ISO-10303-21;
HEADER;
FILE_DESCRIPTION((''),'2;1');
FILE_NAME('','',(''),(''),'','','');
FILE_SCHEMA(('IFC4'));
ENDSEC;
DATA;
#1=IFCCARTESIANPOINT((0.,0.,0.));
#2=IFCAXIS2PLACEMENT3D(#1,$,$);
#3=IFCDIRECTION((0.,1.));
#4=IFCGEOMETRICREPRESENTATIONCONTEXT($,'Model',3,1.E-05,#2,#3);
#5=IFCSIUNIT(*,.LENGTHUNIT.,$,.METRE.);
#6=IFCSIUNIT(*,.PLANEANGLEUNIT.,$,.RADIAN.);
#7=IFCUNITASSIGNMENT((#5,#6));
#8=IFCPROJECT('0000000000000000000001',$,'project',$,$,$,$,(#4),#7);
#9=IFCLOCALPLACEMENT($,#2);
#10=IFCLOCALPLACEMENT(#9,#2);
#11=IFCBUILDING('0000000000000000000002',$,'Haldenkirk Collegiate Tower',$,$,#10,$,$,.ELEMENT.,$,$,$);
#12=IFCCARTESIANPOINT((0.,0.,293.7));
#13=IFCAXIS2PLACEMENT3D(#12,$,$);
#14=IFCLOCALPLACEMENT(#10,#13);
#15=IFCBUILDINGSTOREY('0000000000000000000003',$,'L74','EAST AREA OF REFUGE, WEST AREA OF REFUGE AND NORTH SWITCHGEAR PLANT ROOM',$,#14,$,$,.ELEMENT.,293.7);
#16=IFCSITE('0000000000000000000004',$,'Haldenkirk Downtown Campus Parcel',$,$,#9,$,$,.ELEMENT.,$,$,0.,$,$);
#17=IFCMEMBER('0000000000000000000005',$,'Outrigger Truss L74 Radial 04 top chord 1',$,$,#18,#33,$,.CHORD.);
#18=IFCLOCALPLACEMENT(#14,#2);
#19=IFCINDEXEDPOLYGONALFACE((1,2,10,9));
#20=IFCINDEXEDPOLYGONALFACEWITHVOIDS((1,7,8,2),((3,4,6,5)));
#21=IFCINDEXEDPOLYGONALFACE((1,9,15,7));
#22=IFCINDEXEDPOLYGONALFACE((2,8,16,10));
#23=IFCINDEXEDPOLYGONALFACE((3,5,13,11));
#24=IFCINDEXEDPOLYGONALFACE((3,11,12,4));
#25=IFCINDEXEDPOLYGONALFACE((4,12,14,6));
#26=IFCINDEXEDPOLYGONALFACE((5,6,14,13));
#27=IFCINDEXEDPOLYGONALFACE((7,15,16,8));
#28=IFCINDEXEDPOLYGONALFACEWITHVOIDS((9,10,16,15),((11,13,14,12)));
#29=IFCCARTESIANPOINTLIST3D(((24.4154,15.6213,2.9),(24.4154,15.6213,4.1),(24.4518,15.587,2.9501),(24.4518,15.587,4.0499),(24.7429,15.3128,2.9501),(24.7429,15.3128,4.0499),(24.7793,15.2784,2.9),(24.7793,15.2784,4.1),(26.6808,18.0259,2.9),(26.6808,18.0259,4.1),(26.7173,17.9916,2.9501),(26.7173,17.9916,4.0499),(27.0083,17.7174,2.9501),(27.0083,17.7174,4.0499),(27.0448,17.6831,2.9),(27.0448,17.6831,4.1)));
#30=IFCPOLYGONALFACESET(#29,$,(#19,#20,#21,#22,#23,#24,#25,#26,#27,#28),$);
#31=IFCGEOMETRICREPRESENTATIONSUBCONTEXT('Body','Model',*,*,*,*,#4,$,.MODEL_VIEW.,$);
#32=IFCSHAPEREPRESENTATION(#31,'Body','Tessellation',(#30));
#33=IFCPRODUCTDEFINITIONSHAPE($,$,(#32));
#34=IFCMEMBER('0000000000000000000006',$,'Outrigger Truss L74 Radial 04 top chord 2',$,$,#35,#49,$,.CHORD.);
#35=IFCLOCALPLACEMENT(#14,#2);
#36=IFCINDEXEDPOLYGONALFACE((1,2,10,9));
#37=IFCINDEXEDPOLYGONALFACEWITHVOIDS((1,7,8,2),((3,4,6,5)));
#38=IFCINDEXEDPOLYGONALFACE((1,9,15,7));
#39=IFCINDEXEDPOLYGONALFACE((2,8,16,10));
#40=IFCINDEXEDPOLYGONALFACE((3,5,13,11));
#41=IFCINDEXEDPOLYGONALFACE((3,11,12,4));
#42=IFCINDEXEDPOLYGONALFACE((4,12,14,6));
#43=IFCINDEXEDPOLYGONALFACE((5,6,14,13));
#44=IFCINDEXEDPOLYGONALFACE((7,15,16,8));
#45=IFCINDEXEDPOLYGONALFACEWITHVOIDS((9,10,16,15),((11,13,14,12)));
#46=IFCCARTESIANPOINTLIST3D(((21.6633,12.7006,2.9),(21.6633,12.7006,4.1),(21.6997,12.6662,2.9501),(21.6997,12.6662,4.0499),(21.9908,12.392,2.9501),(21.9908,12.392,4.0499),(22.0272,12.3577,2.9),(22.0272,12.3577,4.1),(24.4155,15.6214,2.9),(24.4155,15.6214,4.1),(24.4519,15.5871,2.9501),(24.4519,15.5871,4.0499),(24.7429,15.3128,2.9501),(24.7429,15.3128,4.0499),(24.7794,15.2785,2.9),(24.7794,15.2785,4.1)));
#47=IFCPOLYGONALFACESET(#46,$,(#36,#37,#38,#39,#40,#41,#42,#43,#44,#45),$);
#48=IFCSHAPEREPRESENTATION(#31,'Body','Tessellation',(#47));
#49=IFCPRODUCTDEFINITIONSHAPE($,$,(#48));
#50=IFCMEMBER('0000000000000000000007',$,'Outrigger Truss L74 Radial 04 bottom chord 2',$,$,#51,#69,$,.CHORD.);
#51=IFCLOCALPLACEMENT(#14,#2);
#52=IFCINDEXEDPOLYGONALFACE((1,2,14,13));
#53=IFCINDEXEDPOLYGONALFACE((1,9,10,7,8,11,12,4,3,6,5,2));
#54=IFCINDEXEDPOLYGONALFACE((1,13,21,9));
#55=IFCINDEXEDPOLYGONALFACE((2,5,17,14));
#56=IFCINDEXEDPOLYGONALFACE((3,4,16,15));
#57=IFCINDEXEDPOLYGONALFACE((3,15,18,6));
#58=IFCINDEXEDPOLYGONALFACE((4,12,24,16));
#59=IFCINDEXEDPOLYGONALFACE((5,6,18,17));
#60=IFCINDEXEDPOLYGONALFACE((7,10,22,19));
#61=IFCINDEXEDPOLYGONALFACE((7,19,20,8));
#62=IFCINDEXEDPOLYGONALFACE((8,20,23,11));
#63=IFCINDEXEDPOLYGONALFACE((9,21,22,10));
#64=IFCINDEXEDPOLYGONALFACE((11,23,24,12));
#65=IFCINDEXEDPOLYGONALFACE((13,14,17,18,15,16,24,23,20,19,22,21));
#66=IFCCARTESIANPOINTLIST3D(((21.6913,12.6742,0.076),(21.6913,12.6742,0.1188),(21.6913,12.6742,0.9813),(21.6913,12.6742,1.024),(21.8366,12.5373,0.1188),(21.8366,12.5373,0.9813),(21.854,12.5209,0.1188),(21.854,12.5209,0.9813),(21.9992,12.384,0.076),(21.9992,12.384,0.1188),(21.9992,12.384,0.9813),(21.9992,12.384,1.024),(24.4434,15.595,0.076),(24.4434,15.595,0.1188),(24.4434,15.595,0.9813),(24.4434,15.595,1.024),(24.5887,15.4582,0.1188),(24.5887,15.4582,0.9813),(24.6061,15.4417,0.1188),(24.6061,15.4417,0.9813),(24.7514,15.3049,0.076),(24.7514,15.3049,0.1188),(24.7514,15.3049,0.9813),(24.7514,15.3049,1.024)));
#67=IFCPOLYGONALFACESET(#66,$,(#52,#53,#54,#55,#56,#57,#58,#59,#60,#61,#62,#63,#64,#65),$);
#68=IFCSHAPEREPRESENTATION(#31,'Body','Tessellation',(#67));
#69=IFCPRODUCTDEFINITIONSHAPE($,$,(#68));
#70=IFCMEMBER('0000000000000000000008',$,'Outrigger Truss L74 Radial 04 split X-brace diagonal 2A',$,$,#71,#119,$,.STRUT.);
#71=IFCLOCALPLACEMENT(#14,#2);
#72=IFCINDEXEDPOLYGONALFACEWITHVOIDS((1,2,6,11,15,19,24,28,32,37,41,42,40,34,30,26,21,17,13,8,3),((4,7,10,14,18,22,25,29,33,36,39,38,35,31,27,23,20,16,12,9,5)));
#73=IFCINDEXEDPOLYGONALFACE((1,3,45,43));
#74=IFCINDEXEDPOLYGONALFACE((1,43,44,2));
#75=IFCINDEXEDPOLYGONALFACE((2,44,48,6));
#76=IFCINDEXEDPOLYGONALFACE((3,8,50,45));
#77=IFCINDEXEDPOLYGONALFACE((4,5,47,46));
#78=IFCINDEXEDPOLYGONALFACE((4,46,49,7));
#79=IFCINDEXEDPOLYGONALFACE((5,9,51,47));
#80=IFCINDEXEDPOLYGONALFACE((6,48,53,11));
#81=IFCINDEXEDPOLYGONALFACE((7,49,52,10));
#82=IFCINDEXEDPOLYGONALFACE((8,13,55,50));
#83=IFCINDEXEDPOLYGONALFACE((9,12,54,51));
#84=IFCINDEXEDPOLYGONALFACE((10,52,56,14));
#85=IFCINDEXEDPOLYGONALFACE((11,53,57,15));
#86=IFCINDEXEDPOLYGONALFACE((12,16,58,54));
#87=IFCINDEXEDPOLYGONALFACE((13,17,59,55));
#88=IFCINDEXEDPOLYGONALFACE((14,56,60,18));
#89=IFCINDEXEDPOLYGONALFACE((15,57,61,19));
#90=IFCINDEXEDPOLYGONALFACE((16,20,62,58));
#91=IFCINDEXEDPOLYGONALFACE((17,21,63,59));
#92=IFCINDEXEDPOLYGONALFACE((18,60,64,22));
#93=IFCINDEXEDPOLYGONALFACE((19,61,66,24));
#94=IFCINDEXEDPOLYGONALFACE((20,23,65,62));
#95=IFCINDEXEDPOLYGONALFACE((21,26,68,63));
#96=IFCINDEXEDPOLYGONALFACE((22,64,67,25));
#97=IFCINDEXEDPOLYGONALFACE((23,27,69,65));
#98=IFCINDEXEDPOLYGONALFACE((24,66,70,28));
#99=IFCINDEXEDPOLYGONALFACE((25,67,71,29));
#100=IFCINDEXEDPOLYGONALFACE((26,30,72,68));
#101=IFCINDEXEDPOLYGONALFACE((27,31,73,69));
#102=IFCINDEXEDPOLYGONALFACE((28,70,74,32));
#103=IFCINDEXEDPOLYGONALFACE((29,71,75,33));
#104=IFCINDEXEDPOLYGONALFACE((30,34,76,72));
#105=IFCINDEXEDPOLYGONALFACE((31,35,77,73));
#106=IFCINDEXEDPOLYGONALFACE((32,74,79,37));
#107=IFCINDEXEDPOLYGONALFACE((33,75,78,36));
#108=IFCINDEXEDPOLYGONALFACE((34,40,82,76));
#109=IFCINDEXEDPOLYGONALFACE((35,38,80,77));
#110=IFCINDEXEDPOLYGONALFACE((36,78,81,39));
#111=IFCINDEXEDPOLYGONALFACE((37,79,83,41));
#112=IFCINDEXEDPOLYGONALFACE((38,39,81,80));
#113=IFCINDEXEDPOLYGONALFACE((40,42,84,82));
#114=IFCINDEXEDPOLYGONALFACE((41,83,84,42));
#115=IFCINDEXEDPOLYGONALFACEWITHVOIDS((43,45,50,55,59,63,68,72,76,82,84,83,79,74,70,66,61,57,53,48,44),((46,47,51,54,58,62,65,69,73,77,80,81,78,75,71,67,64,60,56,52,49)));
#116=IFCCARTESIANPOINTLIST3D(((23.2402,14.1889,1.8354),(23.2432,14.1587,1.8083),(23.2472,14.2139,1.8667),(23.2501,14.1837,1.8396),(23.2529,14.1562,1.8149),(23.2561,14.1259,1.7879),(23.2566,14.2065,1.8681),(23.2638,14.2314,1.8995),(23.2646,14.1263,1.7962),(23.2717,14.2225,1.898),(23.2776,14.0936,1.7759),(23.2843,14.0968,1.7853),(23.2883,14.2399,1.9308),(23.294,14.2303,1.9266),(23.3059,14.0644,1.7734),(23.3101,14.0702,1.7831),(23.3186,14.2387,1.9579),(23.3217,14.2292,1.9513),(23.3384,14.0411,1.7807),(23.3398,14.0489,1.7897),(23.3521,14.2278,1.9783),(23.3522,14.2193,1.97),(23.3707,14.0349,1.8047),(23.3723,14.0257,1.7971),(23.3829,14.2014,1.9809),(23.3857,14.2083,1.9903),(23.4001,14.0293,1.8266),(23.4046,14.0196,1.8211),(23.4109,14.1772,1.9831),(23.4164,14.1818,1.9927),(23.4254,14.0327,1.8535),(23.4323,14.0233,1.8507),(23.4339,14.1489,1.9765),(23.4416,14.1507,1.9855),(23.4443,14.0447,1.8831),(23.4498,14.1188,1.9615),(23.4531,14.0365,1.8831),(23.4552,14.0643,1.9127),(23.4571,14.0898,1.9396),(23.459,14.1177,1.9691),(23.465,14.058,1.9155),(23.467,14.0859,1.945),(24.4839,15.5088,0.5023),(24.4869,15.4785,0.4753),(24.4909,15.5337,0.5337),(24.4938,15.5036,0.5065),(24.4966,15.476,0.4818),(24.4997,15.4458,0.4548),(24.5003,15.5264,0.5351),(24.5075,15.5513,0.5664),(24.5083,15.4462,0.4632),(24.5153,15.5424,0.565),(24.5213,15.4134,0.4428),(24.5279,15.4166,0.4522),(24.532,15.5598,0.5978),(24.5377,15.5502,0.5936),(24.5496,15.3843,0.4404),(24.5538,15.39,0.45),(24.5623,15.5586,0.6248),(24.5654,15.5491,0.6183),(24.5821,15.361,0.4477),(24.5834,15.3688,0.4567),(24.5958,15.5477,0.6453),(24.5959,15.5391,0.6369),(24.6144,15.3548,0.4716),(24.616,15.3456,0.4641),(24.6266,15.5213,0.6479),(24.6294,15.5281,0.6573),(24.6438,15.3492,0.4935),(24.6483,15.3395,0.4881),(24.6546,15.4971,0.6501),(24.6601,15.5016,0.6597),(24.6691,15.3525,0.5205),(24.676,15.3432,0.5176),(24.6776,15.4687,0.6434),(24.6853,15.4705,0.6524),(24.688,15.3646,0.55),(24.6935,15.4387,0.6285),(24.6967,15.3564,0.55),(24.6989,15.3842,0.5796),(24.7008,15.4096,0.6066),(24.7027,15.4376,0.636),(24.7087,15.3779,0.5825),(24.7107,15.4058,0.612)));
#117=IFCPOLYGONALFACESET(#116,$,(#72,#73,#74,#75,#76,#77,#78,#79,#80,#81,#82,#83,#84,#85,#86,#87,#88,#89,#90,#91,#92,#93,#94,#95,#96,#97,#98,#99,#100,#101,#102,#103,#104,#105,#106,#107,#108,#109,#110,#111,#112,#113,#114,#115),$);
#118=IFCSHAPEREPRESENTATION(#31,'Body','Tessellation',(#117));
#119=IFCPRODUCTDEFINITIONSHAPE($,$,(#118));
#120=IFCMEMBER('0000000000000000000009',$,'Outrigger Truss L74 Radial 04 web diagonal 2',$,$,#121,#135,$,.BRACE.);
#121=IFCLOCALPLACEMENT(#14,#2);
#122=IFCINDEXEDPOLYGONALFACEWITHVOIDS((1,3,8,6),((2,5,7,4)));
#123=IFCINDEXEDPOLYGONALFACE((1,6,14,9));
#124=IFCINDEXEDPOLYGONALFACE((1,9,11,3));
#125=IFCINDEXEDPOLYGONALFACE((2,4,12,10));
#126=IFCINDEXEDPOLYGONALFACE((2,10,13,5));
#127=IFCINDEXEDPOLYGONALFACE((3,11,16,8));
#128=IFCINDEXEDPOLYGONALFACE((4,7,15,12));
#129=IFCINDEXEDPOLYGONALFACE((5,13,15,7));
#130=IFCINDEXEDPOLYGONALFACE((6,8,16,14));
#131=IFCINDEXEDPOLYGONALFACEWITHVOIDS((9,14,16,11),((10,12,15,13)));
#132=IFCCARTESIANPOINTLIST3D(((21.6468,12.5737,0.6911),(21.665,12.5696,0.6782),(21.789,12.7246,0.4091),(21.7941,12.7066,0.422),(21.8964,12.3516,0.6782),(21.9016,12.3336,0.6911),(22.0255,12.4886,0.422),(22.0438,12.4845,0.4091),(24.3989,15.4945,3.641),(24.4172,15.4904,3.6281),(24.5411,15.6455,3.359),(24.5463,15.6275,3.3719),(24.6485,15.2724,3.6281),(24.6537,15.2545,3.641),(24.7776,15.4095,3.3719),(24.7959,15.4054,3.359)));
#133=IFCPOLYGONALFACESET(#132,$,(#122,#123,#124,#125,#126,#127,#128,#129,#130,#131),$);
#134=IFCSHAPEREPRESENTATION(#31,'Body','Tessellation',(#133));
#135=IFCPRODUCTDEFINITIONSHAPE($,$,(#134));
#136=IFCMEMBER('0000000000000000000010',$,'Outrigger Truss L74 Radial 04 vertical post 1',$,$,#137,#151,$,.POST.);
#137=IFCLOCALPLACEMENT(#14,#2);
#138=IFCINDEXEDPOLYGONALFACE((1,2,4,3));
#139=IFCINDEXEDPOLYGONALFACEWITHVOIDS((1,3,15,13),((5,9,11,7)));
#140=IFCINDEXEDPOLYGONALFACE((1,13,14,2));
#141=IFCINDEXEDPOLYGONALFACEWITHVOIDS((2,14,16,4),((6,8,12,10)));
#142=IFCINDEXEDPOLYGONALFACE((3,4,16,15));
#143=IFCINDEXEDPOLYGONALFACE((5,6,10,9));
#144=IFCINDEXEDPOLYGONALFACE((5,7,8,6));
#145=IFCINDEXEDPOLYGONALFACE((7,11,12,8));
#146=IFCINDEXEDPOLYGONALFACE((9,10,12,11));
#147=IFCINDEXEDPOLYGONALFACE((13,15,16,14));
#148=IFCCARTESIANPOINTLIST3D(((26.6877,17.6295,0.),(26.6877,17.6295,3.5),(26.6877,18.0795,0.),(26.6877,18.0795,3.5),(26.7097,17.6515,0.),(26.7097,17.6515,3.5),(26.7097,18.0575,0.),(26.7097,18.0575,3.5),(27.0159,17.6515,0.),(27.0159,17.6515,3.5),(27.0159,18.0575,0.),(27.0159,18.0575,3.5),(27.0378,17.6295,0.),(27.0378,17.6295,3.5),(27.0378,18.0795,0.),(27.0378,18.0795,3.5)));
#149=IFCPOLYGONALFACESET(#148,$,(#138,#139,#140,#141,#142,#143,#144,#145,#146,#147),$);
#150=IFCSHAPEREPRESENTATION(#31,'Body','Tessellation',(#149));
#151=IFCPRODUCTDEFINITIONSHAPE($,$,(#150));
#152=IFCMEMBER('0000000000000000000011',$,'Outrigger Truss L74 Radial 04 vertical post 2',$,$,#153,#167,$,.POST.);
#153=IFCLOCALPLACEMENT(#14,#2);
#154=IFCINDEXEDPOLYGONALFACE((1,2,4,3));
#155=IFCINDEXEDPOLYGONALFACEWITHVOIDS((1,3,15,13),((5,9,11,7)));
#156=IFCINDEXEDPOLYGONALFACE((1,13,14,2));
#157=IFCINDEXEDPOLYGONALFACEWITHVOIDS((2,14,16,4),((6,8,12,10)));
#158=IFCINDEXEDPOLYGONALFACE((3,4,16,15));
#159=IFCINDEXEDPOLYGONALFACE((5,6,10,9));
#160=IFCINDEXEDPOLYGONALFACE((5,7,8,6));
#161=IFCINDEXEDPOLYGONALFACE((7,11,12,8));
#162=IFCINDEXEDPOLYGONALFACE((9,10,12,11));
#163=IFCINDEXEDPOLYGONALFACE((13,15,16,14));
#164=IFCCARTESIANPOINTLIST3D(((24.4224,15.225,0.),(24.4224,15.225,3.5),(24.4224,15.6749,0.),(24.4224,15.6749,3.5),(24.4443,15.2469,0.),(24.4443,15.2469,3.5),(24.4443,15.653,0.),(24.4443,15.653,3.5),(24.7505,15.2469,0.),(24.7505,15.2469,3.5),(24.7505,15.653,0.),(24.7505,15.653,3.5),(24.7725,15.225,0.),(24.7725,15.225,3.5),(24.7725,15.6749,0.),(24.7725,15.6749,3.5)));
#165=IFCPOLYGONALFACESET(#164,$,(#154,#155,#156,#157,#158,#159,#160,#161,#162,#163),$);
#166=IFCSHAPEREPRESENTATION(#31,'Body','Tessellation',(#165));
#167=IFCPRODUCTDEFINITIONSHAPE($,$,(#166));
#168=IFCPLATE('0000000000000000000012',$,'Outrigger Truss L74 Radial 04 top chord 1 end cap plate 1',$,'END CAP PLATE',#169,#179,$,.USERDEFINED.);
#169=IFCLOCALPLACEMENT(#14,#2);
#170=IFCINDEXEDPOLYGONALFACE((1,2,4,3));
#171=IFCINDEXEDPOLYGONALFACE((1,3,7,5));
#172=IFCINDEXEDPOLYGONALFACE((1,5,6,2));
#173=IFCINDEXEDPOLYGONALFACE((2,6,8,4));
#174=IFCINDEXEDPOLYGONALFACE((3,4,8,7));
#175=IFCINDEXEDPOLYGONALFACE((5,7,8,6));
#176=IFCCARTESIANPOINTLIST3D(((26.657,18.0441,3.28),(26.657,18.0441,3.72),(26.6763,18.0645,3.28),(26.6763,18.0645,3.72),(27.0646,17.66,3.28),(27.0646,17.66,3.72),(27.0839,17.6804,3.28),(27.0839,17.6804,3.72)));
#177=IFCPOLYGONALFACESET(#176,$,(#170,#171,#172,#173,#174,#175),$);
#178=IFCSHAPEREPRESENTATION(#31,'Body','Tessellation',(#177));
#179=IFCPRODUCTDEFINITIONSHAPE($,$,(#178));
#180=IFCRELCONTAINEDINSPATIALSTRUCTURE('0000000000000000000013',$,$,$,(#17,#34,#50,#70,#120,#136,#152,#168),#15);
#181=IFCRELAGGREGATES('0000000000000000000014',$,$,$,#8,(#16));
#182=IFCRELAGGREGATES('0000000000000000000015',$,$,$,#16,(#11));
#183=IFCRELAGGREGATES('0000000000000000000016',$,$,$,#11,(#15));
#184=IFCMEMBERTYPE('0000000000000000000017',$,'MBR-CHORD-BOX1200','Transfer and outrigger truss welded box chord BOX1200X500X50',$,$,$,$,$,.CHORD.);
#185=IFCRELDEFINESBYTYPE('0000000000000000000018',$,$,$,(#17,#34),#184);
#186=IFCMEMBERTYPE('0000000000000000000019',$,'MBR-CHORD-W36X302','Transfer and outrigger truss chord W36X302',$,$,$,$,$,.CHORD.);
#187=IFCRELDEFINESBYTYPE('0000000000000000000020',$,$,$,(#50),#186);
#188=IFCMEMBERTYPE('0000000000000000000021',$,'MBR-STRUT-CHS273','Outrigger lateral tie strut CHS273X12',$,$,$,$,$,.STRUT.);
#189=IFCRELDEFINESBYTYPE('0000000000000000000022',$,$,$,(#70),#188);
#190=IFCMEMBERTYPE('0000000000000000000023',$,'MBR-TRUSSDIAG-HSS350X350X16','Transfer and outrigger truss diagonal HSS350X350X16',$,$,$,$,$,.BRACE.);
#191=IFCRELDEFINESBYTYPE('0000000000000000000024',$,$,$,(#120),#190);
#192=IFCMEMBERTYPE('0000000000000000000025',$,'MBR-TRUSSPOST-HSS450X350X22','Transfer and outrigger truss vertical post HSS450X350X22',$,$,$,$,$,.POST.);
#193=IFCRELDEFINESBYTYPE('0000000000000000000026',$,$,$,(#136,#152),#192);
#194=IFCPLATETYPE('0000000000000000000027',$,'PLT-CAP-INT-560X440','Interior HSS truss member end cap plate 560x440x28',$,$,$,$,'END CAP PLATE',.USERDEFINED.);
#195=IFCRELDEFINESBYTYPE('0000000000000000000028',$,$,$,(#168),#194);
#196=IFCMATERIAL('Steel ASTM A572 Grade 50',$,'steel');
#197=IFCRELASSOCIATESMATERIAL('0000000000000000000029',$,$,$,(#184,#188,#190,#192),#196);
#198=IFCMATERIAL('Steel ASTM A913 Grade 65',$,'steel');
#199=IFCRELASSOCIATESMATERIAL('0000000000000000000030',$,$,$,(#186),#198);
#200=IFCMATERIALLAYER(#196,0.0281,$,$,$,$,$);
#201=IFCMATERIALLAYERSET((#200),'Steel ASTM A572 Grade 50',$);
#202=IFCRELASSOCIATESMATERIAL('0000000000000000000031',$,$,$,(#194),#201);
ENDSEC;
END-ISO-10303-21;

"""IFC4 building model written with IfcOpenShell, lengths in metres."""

from ifc_helpers import new_model, si_unit, direction, frame, origin, origin_2d, place, context, subcontext, project, spatial, rectangle, hollow_rectangle, hollow_circle, i_section, extrude, source, transform, mapped, material, layer, layer_set, material_profile, profile_set, type_object, element, save


model = new_model("IFC4")

# Units and contexts
model_context = context("Model", 3, precision=1e-05, world=origin(), true_north=direction((0.0, 1.0)))
body_context = subcontext(model_context, "Body", "Model", "MODEL_VIEW")
ifc_project = project(units=[si_unit("LENGTHUNIT", "METRE"), si_unit("PLANEANGLEUNIT", "RADIAN")], contexts=[model_context])

# Site, building, storey
site_placement = place(None, origin())
site = spatial("IfcSite", under=ifc_project, at=site_placement, Name="Haldenkirk Downtown Campus Parcel", CompositionType="ELEMENT", RefElevation=0.0)
building_placement = place(site_placement, origin())
building = spatial("IfcBuilding", under=site, at=building_placement, Name="Haldenkirk Collegiate Tower", CompositionType="ELEMENT")
storey_placement = place(building_placement, frame((0.0, 0.0, 293.7)))
storey = spatial("IfcBuildingStorey", under=building, at=storey_placement, Name="L74", Description="EAST AREA OF REFUGE, WEST AREA OF REFUGE AND NORTH SWITCHGEAR PLANT ROOM", CompositionType="ELEMENT", Elevation=293.7)

# Members
ifc_material_1 = material(Name="Steel ASTM A572 Grade 50", Category="steel")
ifc_material_profile_1 = material_profile(ifc_material_1, hollow_rectangle(XDim=0.5, YDim=1.2, WallThickness=0.05, at=origin_2d()), Name="BOX1200X500X50")
ifc_profile_set_1 = profile_set([ifc_material_profile_1], Name="Steel ASTM A572 Grade 50")
member_type_1 = type_object("IfcMemberType", Name="MBR-CHORD-BOX1200", Description="Transfer and outrigger truss welded box chord BOX1200X500X50", PredefinedType="CHORD", material=ifc_profile_set_1)
member_1_placement = place(storey_placement, frame((26.8628, 17.8545, 3.5), z_axis=(-0.685731, -0.727855, 0.0), x_axis=(0.727855, -0.685731, 0.0)))
element("IfcMember", 1, at=member_1_placement, inside=storey, type_object=member_type_1, Name="Outrigger Truss L74 Radial 04 top chord 1", PredefinedType="CHORD", context=body_context, shape_type="SweptSolid", body=[
    extrude(hollow_rectangle(XDim=0.5, YDim=1.2, WallThickness=0.05, at=origin_2d()), origin(), (0.0, 0.0, 1.0), 3.3037),
])
member_2_placement = place(storey_placement, frame((24.5974, 15.45, 3.5), z_axis=(-0.685776, -0.727812, 0.0), x_axis=(0.727812, -0.685776, 0.0)))
element("IfcMember", 2, at=member_2_placement, inside=storey, type_object=member_type_1, Name="Outrigger Truss L74 Radial 04 top chord 2", PredefinedType="CHORD", context=body_context, shape_type="SweptSolid", body=[
    extrude(hollow_rectangle(XDim=0.5, YDim=1.2, WallThickness=0.05, at=origin_2d()), origin(), (0.0, 0.0, 1.0), 4.0132),
])
ifc_material_2 = material(Name="Steel ASTM A913 Grade 65", Category="steel")
ifc_material_profile_2 = material_profile(ifc_material_2, i_section(OverallWidth=0.4231, OverallDepth=0.948, WebThickness=0.0239, FlangeThickness=0.0427, at=origin_2d()), Name="W36X302")
ifc_profile_set_2 = profile_set([ifc_material_profile_2], Name="Steel ASTM A913 Grade 65")
member_type_2 = type_object("IfcMemberType", Name="MBR-CHORD-W36X302", Description="Transfer and outrigger truss chord W36X302", PredefinedType="CHORD", material=ifc_profile_set_2)
member_3_placement = place(storey_placement, frame((24.5974, 15.45, 0.55), z_axis=(-0.685776, -0.727812, 0.0), x_axis=(0.727812, -0.685776, 0.0)))
element("IfcMember", 3, at=member_3_placement, inside=storey, type_object=member_type_2, Name="Outrigger Truss L74 Radial 04 bottom chord 2", PredefinedType="CHORD", context=body_context, shape_type="SweptSolid", body=[
    extrude(i_section(OverallWidth=0.4231, OverallDepth=0.948, WebThickness=0.0239, FlangeThickness=0.0427, at=origin_2d()), origin(), (0.0, 0.0, 1.0), 4.0132),
])
ifc_material_profile_3 = material_profile(ifc_material_1, hollow_circle(Radius=0.1365, WallThickness=0.012, at=origin_2d()), Name="CHS273X12")
ifc_profile_set_3 = profile_set([ifc_material_profile_3], Name="Steel ASTM A572 Grade 50")
member_type_3 = type_object("IfcMemberType", Name="MBR-STRUT-CHS273", Description="Outrigger lateral tie strut CHS273X12", PredefinedType="STRUT", material=ifc_profile_set_3)
member_4_placement = place(storey_placement, frame((24.5974, 15.45, 0.55), z_axis=(-0.55257, -0.586414, 0.592271), x_axis=(0.727797, -0.685793, 0.0)))
element("IfcMember", 4, at=member_4_placement, inside=storey, type_object=member_type_3, Name="Outrigger Truss L74 Radial 04 split X-brace diagonal 2A", PredefinedType="STRUT", context=body_context, shape_type="SweptSolid", body=[
    extrude(hollow_circle(Radius=0.1365, WallThickness=0.012, at=origin_2d()), origin(), (0.0, 0.0, 1.0), 2.2507),
])
ifc_material_profile_4 = material_profile(ifc_material_1, hollow_rectangle(XDim=0.3501, YDim=0.3501, WallThickness=0.0161, at=origin_2d()), Name="HSS350X350X16")
ifc_profile_set_4 = profile_set([ifc_material_profile_4], Name="Steel ASTM A572 Grade 50")
member_type_4 = type_object("IfcMemberType", Name="MBR-TRUSSDIAG-HSS350X350X16", Description="Transfer and outrigger truss diagonal HSS350X350X16", PredefinedType="BRACE", material=ifc_profile_set_4)
member_5_placement = place(storey_placement, frame((24.5974, 15.45, 3.5), z_axis=(-0.55256, -0.586431, -0.592264), x_axis=(0.727812, -0.685776, 0.0)))
element("IfcMember", 5, at=member_5_placement, inside=storey, type_object=member_type_4, Name="Outrigger Truss L74 Radial 04 web diagonal 2", PredefinedType="BRACE", context=body_context, shape_type="SweptSolid", body=[
    extrude(hollow_rectangle(XDim=0.3501, YDim=0.3501, WallThickness=0.0161, at=origin_2d()), origin(), (0.0, 0.0, 1.0), 4.9807),
])
ifc_material_profile_5 = material_profile(ifc_material_1, hollow_rectangle(XDim=0.3501, YDim=0.45, WallThickness=0.022, at=origin_2d()), Name="HSS450X350X22")
ifc_profile_set_5 = profile_set([ifc_material_profile_5], Name="Steel ASTM A572 Grade 50")
member_type_5 = type_object("IfcMemberType", Name="MBR-TRUSSPOST-HSS450X350X22", Description="Transfer and outrigger truss vertical post HSS450X350X22", PredefinedType="POST", material=ifc_profile_set_5)
for number, where, z_axis, x_axis, name in (
    (6, (26.8628, 17.8545, 0.0), (0.0, 0.0, 1.0), (1.0, 0.0, 0.0), "Outrigger Truss L74 Radial 04 vertical post 1"),
    (7, (24.5974, 15.45, 0.0), (0.0, 0.0, 1.0), (1.0, 0.0, 0.0), "Outrigger Truss L74 Radial 04 vertical post 2"),
):
    element("IfcMember", number, at=place(storey_placement, frame(where, z_axis=z_axis, x_axis=x_axis)), inside=storey, type_object=member_type_5, Name=name, PredefinedType="POST", context=body_context, shape_type="SweptSolid", body=[
        extrude(hollow_rectangle(XDim=0.3501, YDim=0.45, WallThickness=0.022, at=origin_2d()), origin(), (0.0, 0.0, 1.0), 3.5),
    ])

# Plate
ifc_layer_1 = layer(ifc_material_1, 0.0281)
ifc_layer_set_1 = layer_set([ifc_layer_1], Name="Steel ASTM A572 Grade 50")
plate_type_1 = type_object("IfcPlateType", Name="PLT-CAP-INT-560X440", Description="Interior HSS truss member end cap plate 560x440x28", ElementType="END CAP PLATE", PredefinedType="USERDEFINED", material=ifc_layer_set_1)
shared_shape_1 = source(origin(), body_context, "Body", "SweptSolid", [
    extrude(rectangle(XDim=0.5601, YDim=0.4399, at=origin_2d()), origin(), (0.0, 0.0, 1.0), 0.0281),
])
for number, where, z_axis, x_axis, name in (
    (8, (26.8608, 17.8521, 3.5), (0.685772, 0.727817, 0.0), (-0.727817, 0.685772, 0.0), "Outrigger Truss L74 Radial 04 top chord 1 end cap plate 1"),
):
    element("IfcPlate", number, at=place(storey_placement, frame(where, z_axis=z_axis, x_axis=x_axis)), inside=storey, type_object=plate_type_1, Name=name, ObjectType="END CAP PLATE", PredefinedType="USERDEFINED", context=body_context, shape_type="MappedRepresentation", body=[
        mapped(shared_shape_1, transform((0.0, 0.0, 0.0), x_axis=(1.0, 0.0, 0.0), y_axis=(0.0, 1.0, 0.0), z_axis=(0.0, 0.0, 1.0), scale=1.0)),
    ])

save(model, "model.ifc")
